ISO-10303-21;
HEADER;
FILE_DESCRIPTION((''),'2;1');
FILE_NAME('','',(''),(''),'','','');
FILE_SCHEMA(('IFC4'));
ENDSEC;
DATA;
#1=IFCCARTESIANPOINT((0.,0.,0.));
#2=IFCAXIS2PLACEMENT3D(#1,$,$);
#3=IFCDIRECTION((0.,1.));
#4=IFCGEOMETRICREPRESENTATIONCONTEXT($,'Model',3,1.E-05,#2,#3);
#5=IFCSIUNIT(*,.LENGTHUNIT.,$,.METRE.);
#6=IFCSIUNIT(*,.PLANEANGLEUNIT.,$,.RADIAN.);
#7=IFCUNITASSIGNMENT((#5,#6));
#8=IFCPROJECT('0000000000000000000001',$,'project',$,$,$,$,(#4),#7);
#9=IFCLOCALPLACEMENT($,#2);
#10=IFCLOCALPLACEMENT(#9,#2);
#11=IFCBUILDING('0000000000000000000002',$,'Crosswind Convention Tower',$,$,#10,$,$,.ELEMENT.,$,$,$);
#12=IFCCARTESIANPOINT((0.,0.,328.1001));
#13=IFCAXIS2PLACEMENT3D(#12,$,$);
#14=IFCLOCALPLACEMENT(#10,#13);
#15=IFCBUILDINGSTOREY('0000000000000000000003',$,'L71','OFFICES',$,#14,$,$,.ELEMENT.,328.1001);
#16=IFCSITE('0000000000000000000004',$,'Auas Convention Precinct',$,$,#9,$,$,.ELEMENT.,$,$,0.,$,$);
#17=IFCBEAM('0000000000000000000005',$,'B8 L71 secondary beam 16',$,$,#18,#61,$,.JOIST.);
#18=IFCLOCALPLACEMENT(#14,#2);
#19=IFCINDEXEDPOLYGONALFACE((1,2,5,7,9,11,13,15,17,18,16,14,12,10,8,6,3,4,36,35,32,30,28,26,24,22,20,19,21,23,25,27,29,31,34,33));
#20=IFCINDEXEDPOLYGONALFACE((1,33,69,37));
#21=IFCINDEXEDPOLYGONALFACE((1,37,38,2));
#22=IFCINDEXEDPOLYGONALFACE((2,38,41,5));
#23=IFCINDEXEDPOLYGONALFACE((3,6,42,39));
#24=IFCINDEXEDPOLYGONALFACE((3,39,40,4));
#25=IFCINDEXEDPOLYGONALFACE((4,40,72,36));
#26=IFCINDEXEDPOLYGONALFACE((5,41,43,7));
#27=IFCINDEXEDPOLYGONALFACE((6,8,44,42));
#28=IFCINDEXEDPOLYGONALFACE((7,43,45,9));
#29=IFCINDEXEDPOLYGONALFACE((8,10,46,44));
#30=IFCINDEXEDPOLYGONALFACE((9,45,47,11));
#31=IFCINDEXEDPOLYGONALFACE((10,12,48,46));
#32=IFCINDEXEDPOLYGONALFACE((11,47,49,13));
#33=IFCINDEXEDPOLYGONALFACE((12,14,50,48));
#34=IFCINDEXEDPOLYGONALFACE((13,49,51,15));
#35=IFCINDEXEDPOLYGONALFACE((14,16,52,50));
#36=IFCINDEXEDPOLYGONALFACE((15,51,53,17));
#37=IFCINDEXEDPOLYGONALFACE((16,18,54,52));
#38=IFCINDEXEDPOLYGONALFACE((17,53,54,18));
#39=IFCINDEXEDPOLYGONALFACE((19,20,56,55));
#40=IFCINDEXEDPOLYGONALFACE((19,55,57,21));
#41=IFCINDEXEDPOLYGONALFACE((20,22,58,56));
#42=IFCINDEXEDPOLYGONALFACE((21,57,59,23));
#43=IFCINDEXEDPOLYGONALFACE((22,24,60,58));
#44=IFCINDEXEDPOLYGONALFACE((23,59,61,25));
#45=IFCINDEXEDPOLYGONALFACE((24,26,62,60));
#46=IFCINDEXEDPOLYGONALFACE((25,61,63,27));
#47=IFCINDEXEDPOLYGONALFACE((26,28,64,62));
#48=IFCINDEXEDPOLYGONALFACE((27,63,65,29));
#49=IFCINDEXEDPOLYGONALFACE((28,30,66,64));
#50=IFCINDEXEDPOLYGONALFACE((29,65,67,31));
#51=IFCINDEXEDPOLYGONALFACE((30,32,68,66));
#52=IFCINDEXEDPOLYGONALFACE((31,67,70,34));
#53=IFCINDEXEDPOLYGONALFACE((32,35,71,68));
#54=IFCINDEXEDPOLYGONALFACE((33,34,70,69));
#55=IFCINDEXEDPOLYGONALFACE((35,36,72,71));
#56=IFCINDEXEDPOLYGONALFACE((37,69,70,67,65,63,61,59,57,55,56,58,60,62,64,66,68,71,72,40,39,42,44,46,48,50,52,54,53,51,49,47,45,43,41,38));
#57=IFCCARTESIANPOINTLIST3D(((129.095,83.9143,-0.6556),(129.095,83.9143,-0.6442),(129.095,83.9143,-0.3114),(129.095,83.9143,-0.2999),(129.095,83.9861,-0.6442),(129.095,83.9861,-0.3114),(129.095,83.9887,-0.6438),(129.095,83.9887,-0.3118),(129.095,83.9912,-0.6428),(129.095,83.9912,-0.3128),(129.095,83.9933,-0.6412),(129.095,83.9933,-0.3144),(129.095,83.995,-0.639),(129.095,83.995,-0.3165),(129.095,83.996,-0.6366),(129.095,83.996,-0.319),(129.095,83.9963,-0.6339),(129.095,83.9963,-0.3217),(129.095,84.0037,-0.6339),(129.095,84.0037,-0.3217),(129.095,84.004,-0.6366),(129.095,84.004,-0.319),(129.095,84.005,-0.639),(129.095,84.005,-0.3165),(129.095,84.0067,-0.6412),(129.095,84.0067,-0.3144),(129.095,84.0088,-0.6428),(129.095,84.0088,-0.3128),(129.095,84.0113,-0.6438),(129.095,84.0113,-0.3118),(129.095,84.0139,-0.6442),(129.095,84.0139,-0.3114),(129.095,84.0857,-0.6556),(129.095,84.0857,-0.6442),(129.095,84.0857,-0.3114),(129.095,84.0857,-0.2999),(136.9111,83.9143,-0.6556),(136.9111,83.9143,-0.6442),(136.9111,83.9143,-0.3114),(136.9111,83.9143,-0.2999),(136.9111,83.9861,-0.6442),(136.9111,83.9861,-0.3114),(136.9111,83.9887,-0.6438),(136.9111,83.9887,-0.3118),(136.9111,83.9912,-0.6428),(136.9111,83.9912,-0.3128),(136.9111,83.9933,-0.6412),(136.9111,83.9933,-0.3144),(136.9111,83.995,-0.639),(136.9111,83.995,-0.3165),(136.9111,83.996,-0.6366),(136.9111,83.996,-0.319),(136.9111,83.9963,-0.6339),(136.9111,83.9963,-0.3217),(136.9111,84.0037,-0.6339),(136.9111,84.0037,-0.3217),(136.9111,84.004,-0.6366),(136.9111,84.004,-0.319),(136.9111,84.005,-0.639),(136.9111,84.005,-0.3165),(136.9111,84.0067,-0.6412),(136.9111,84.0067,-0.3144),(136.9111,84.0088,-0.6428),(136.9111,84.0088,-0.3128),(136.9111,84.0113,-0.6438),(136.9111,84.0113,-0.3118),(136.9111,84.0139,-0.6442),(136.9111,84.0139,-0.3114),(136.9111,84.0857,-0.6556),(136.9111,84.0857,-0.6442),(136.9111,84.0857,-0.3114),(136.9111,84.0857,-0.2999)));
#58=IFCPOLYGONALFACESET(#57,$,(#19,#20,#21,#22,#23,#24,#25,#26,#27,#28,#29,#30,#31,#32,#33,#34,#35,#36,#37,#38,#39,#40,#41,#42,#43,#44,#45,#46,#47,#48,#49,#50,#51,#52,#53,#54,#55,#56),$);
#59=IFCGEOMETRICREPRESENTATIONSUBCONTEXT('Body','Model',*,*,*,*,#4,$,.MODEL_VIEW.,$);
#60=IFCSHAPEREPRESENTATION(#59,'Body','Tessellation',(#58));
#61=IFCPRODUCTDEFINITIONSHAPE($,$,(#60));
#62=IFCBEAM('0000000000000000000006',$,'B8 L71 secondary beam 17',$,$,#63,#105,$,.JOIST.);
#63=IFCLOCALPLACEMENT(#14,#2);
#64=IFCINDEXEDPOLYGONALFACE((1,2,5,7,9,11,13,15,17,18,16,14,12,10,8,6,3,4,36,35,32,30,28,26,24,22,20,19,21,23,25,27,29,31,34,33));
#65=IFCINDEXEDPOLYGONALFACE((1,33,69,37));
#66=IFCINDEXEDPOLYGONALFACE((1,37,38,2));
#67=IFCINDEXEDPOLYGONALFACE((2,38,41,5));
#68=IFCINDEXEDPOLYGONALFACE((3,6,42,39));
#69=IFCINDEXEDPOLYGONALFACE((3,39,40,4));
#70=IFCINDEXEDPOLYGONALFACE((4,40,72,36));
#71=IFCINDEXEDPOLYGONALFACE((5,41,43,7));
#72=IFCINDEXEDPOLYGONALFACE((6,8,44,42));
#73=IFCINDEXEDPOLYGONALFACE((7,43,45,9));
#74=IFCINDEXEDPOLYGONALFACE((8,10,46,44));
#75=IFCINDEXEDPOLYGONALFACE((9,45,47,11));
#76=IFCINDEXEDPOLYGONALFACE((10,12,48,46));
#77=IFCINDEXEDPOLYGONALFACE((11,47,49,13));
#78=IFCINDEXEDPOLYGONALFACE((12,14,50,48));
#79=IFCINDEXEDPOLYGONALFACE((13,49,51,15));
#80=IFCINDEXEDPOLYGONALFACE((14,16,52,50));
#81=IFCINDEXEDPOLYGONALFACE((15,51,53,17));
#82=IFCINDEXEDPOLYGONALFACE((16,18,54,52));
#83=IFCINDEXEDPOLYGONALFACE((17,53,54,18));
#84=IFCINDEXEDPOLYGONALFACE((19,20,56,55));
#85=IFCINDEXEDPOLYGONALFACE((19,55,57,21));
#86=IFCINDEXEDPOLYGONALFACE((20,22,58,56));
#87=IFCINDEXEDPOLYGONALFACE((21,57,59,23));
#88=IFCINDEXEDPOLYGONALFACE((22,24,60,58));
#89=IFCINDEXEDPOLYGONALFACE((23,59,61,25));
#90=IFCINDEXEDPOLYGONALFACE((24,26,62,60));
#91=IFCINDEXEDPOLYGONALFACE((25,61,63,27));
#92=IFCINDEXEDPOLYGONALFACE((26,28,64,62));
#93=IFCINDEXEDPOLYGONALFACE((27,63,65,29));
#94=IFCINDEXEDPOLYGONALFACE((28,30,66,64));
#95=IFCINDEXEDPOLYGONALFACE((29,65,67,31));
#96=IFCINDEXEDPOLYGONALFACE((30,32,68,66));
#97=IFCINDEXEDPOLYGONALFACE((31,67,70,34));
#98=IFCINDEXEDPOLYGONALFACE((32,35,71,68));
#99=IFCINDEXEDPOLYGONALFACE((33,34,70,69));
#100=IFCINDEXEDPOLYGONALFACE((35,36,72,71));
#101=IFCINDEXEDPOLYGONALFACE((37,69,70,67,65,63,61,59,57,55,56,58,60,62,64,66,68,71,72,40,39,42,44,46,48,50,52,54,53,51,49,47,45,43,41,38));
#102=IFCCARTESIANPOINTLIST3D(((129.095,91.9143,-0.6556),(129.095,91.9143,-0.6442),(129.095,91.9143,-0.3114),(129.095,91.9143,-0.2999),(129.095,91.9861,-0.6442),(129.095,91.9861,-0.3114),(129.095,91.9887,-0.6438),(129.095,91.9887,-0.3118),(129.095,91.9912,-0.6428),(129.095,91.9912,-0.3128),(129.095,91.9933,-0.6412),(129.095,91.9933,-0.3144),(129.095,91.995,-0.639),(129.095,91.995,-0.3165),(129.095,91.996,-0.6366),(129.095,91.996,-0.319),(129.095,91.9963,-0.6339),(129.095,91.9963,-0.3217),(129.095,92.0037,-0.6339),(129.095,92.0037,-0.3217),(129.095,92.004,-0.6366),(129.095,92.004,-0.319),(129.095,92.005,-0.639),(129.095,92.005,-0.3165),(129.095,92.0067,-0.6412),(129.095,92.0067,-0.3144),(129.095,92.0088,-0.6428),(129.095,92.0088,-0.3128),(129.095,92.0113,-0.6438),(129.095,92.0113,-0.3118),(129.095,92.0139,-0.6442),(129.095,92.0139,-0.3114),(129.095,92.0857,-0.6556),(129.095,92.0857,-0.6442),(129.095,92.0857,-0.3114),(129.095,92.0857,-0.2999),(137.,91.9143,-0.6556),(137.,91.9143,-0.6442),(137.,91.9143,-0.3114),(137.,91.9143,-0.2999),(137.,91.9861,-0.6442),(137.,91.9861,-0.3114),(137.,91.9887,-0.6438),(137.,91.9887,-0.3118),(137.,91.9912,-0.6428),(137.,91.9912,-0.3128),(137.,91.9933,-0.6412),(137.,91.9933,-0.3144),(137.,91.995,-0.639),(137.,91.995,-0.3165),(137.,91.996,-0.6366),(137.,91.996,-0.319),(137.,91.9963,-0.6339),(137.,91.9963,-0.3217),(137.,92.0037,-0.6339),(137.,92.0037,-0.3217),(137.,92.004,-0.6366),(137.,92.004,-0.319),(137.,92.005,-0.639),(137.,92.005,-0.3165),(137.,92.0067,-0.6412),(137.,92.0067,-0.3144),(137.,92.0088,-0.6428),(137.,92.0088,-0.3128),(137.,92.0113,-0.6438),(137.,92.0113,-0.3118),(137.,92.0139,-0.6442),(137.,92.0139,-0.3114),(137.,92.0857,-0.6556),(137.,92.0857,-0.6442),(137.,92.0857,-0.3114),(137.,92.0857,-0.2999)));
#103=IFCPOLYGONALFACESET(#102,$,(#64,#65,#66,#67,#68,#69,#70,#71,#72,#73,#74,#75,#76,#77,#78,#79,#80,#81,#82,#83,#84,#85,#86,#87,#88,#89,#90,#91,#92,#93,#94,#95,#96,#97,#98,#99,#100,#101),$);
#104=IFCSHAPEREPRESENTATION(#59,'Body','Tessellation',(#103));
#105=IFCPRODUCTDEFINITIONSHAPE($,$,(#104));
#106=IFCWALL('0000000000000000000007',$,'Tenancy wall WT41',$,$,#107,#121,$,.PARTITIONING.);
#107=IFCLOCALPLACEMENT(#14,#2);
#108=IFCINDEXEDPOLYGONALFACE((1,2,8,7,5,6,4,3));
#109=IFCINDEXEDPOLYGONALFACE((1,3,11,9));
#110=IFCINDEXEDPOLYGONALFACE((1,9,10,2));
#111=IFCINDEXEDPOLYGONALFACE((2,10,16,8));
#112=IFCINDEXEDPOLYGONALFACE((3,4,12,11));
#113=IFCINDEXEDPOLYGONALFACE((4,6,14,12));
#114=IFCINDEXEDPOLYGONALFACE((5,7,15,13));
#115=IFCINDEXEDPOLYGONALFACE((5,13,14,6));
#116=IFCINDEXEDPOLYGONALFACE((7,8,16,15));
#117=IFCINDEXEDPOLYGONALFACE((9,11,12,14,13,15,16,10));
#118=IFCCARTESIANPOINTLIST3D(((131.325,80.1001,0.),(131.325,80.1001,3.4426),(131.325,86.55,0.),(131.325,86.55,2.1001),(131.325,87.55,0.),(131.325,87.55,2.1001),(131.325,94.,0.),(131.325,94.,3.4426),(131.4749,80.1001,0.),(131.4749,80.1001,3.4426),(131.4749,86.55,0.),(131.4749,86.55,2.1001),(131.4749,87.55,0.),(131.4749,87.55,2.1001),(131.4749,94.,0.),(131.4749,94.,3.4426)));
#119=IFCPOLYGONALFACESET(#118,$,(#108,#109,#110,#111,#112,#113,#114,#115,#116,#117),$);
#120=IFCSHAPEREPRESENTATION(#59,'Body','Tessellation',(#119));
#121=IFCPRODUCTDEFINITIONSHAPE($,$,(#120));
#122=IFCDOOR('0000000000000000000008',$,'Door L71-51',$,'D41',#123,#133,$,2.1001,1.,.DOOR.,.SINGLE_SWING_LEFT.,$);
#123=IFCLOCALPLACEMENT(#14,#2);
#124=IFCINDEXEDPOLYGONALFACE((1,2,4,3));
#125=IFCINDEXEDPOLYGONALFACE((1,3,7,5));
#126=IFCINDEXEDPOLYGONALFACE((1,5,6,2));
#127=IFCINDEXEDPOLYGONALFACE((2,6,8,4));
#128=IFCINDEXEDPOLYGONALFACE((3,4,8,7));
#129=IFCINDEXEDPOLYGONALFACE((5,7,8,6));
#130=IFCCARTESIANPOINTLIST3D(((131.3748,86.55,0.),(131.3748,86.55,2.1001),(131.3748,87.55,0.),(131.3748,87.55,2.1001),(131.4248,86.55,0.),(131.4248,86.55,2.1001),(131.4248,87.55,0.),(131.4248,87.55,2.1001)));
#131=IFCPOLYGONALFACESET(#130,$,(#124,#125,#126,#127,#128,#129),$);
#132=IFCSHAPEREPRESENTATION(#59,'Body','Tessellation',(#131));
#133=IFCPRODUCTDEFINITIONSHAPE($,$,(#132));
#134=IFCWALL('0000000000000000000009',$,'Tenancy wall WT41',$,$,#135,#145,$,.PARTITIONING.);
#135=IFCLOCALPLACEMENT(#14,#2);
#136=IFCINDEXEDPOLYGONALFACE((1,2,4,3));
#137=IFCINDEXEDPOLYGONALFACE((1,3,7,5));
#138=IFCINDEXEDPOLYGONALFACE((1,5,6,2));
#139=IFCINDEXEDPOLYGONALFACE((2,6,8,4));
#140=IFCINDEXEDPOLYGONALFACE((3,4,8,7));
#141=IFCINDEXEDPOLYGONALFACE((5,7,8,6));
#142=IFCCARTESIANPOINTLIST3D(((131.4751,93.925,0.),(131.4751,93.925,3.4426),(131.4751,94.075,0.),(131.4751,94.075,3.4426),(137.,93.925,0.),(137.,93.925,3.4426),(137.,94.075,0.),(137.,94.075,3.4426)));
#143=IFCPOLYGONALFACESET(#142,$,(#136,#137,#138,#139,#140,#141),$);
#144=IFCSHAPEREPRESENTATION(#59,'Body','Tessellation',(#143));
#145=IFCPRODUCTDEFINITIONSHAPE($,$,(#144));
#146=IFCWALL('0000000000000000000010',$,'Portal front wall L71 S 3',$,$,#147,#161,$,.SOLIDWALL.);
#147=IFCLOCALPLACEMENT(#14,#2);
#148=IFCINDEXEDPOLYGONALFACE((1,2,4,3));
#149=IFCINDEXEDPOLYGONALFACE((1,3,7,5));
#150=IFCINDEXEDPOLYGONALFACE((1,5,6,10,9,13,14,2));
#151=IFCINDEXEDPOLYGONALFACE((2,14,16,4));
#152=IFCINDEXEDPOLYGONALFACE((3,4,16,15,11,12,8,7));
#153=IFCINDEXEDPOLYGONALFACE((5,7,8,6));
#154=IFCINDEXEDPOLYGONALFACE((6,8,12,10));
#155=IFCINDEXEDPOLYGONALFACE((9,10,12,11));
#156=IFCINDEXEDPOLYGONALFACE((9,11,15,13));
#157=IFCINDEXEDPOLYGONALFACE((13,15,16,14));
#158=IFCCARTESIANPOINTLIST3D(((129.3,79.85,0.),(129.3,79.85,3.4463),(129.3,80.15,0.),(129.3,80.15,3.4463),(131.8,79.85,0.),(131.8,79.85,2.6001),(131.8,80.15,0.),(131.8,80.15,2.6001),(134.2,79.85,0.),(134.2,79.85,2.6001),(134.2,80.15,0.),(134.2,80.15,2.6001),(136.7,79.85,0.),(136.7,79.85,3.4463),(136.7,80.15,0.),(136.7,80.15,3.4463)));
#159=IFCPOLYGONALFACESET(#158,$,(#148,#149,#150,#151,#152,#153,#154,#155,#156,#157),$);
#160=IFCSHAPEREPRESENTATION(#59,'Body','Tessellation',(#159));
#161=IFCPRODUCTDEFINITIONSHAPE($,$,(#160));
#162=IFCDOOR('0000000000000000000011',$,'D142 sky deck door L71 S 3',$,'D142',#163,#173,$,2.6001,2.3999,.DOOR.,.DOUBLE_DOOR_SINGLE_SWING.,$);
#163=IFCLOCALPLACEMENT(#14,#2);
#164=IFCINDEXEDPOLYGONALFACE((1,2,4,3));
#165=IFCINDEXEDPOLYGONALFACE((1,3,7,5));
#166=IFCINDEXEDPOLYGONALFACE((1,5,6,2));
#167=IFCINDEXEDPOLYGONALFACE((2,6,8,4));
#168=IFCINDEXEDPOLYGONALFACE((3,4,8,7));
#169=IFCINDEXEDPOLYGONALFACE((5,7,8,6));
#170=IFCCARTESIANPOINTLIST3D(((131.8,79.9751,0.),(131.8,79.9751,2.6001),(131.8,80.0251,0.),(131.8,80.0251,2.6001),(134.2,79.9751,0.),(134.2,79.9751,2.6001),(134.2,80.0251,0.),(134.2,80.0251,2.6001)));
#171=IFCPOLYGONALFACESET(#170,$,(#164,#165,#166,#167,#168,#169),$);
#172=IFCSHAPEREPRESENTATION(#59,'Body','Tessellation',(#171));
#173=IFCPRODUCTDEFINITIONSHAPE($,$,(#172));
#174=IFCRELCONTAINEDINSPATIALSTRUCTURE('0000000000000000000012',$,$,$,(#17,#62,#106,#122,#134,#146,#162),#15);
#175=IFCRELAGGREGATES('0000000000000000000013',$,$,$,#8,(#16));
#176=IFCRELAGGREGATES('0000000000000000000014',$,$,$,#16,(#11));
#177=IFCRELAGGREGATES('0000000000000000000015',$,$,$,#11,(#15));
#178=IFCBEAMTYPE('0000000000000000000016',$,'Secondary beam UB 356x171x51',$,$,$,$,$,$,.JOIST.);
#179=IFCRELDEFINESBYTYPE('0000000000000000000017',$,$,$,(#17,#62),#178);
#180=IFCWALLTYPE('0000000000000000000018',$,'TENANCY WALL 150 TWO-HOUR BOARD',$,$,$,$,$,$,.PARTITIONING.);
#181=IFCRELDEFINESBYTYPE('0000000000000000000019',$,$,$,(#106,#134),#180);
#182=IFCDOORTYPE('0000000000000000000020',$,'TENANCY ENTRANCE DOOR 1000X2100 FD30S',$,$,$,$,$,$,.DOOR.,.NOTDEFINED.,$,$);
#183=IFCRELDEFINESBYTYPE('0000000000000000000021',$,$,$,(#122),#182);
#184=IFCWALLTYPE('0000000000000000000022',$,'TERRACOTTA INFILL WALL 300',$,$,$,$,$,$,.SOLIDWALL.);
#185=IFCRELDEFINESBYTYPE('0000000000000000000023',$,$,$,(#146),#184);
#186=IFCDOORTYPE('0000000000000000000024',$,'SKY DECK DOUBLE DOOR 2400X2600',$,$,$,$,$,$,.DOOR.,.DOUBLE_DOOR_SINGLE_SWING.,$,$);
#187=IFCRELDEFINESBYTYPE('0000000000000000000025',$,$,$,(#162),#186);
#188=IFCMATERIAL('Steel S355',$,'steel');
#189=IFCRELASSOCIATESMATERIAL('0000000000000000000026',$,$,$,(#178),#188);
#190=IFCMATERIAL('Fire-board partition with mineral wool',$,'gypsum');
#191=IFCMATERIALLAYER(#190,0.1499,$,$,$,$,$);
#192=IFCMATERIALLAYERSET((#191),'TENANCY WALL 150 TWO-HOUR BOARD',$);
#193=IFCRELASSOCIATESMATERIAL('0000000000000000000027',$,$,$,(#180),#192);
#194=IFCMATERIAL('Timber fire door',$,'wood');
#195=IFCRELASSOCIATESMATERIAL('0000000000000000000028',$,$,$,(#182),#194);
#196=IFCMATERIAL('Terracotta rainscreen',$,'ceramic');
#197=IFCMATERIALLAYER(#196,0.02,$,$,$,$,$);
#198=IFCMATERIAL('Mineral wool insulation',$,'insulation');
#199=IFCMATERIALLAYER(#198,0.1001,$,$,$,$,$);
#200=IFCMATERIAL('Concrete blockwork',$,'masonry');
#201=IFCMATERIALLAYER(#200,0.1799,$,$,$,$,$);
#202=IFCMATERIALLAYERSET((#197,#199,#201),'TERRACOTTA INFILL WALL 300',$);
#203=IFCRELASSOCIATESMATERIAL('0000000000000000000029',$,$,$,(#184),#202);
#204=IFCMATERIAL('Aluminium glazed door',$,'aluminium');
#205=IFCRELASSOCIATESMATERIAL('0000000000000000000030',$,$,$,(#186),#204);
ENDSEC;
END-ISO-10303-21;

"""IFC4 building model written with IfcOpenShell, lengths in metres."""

from ifc_helpers import new_model, si_unit, direction, frame, frame_2d, origin, origin_2d, place, context, subcontext, project, spatial, rectangle, i_section, extrude, material, layer, layer_set, material_profile, profile_set, type_object, element, fill, save


model = new_model("IFC4")

# Units and contexts
model_context = context("Model", 3, precision=1e-05, world=origin(), true_north=direction((0.0, 1.0)))
body_context = subcontext(model_context, "Body", "Model", "MODEL_VIEW")
ifc_project = project(units=[si_unit("LENGTHUNIT", "METRE"), si_unit("PLANEANGLEUNIT", "RADIAN")], contexts=[model_context])

# Site, building, storey
site_placement = place(None, origin())
site = spatial("IfcSite", under=ifc_project, at=site_placement, Name="Auas Convention Precinct", CompositionType="ELEMENT", RefElevation=0.0)
building_placement = place(site_placement, origin())
building = spatial("IfcBuilding", under=site, at=building_placement, Name="Crosswind Convention Tower", CompositionType="ELEMENT")
storey_placement = place(building_placement, frame((0.0, 0.0, 328.1001)))
storey = spatial("IfcBuildingStorey", under=building, at=storey_placement, Name="L71", Description="OFFICES", CompositionType="ELEMENT", Elevation=328.1001)

# Beams
ifc_material_1 = material(Name="Steel S355", Category="steel")
ifc_material_profile_1 = material_profile(ifc_material_1, i_section(OverallWidth=0.1714, OverallDepth=0.3557, WebThickness=0.0073, FlangeThickness=0.0115, FilletRadius=0.0103, at=origin_2d()), Name="UB 356x171x51")
ifc_profile_set_1 = profile_set([ifc_material_profile_1], Name="Steel S355")
beam_type_1 = type_object("IfcBeamType", Name="Secondary beam UB 356x171x51", PredefinedType="JOIST", material=ifc_profile_set_1)
for number, where, z_axis, x_axis, name in (
    (1, (129.095, 84.0, -0.4778), (1.0, 0.0, 0.0), (0.0, 1.0, 0.0), "B8 L71 secondary beam 16"),
):
    element("IfcBeam", number, at=place(storey_placement, frame(where, z_axis=z_axis, x_axis=x_axis)), inside=storey, type_object=beam_type_1, Name=name, PredefinedType="JOIST", context=body_context, shape_type="SweptSolid", body=[
        extrude(i_section(OverallWidth=0.1714, OverallDepth=0.3557, WebThickness=0.0073, FlangeThickness=0.0115, FilletRadius=0.0103, at=origin_2d()), origin(), (0.0, 0.0, 1.0), 7.8162),
    ])
beam_1_placement = place(storey_placement, frame((129.095, 92.0, -0.4778), z_axis=(1.0, 0.0, 0.0), x_axis=(0.0, 1.0, 0.0)))
element("IfcBeam", 2, at=beam_1_placement, inside=storey, type_object=beam_type_1, Name="B8 L71 secondary beam 17", PredefinedType="JOIST", context=body_context, shape_type="SweptSolid", body=[
    extrude(i_section(OverallWidth=0.1714, OverallDepth=0.3557, WebThickness=0.0073, FlangeThickness=0.0115, FilletRadius=0.0103, at=origin_2d()), origin(), (0.0, 0.0, 1.0), 7.905),
])

# Wall, opening, door
ifc_material_2 = material(Name="Fire-board partition with mineral wool", Category="gypsum")
ifc_layer_1 = layer(ifc_material_2, 0.1499)
ifc_layer_set_1 = layer_set([ifc_layer_1], Name="TENANCY WALL 150 TWO-HOUR BOARD")
wall_type_1 = type_object("IfcWallType", Name="TENANCY WALL 150 TWO-HOUR BOARD", PredefinedType="PARTITIONING", material=ifc_layer_set_1)
wall_1_placement = place(storey_placement, frame((131.3999, 80.1001, 0.0), z_axis=(0.0, 0.0, 1.0), x_axis=(0.0, 1.0, 0.0)))
wall_1 = element("IfcWall", 3, at=wall_1_placement, inside=storey, type_object=wall_type_1, Name="Tenancy wall WT41", PredefinedType="PARTITIONING", context=body_context, shape_type="SweptSolid", body=[
    extrude(rectangle(XDim=13.8999, YDim=0.1499, at=frame_2d((6.95, 0.0))), origin(), (0.0, 0.0, 1.0), 3.4426),
])
opening_1_placement = place(wall_1_placement, frame((6.45, 0.0, 0.0)))
opening_1 = element("IfcOpeningElement", 4, at=opening_1_placement, cuts=wall_1, PredefinedType="OPENING", context=body_context, shape_type="SweptSolid", body=[
    extrude(rectangle(XDim=1.0, YDim=2.1001, at=frame_2d((0.5, 1.05))), frame((0.0, 0.085, 0.0), z_axis=(0.0, -1.0, 0.0), x_axis=(1.0, 0.0, 0.0)), (0.0, 0.0, 1.0), 0.1699),
])
ifc_material_3 = material(Name="Timber fire door", Category="wood")
door_type_1 = type_object("IfcDoorType", Name="TENANCY ENTRANCE DOOR 1000X2100 FD30S", OperationType="NOTDEFINED", PredefinedType="DOOR", material=ifc_material_3)
door_1_placement = place(opening_1_placement, frame((1.0, 0.0, 0.0), z_axis=(0.0, 0.0, 1.0), x_axis=(-1.0, 0.0, 0.0)))
door_1 = element("IfcDoor", 5, at=door_1_placement, inside=storey, type_object=door_type_1, Name="Door L71-51", ObjectType="D41", OperationType="SINGLE_SWING_LEFT", OverallHeight=2.1001, OverallWidth=1.0, PredefinedType="DOOR", context=body_context, shape_type="SweptSolid", body=[
    extrude(rectangle(XDim=1.0, YDim=2.1001, at=frame_2d((0.5, 1.05))), frame((0.0, 0.0249, 0.0), z_axis=(0.0, -1.0, 0.0), x_axis=(1.0, 0.0, 0.0)), (0.0, 0.0, 1.0), 0.05),
])
fill(opening_1, door_1)

# Wall
wall_2_placement = place(storey_placement, frame((131.4751, 94.0, 0.0), z_axis=(0.0, 0.0, 1.0), x_axis=(1.0, 0.0, 0.0)))
element("IfcWall", 6, at=wall_2_placement, inside=storey, type_object=wall_type_1, Name="Tenancy wall WT41", PredefinedType="PARTITIONING", context=body_context, shape_type="SweptSolid", body=[
    extrude(rectangle(XDim=5.5249, YDim=0.1499, at=frame_2d((2.7625, 0.0))), origin(), (0.0, 0.0, 1.0), 3.4426),
])

# Wall, opening, door
ifc_material_4 = material(Name="Terracotta rainscreen", Category="ceramic")
ifc_layer_2 = layer(ifc_material_4, 0.02)
ifc_material_5 = material(Name="Mineral wool insulation", Category="insulation")
ifc_layer_3 = layer(ifc_material_5, 0.1001)
ifc_material_6 = material(Name="Concrete blockwork", Category="masonry")
ifc_layer_4 = layer(ifc_material_6, 0.1799)
ifc_layer_set_2 = layer_set([ifc_layer_2, ifc_layer_3, ifc_layer_4], Name="TERRACOTTA INFILL WALL 300")
wall_type_2 = type_object("IfcWallType", Name="TERRACOTTA INFILL WALL 300", PredefinedType="SOLIDWALL", material=ifc_layer_set_2)
wall_3_placement = place(storey_placement, frame((129.3, 80.0, 0.0), z_axis=(0.0, 0.0, 1.0), x_axis=(1.0, 0.0, 0.0)))
wall_3 = element("IfcWall", 7, at=wall_3_placement, inside=storey, type_object=wall_type_2, Name="Portal front wall L71 S 3", PredefinedType="SOLIDWALL", context=body_context, shape_type="SweptSolid", body=[
    extrude(rectangle(XDim=7.3999, YDim=0.3, at=frame_2d((3.7, 0.0))), origin(), (0.0, 0.0, 1.0), 3.4463),
])
opening_2_placement = place(wall_3_placement, frame((2.5, 0.0, 0.0)))
opening_2 = element("IfcOpeningElement", 8, at=opening_2_placement, cuts=wall_3, PredefinedType="OPENING", context=body_context, shape_type="SweptSolid", body=[
    extrude(rectangle(XDim=2.3999, YDim=2.6001, at=frame_2d((1.2, 1.3))), frame((0.0, 0.1599, 0.0), z_axis=(0.0, -1.0, 0.0), x_axis=(1.0, 0.0, 0.0)), (0.0, 0.0, 1.0), 0.3201),
])
ifc_material_7 = material(Name="Aluminium glazed door", Category="aluminium")
door_type_2 = type_object("IfcDoorType", Name="SKY DECK DOUBLE DOOR 2400X2600", OperationType="DOUBLE_DOOR_SINGLE_SWING", PredefinedType="DOOR", material=ifc_material_7)
door_2_placement = place(opening_2_placement, frame((2.3999, 0.0, 0.0), z_axis=(0.0, 0.0, 1.0), x_axis=(-1.0, 0.0, 0.0)))
door_2 = element("IfcDoor", 9, at=door_2_placement, inside=storey, type_object=door_type_2, Name="D142 sky deck door L71 S 3", ObjectType="D142", OperationType="DOUBLE_DOOR_SINGLE_SWING", OverallHeight=2.6001, OverallWidth=2.3999, PredefinedType="DOOR", context=body_context, shape_type="SweptSolid", body=[
    extrude(rectangle(XDim=2.3999, YDim=2.6001, at=frame_2d((1.2, 1.3))), frame((0.0, 0.0249, 0.0), z_axis=(0.0, -1.0, 0.0), x_axis=(1.0, 0.0, 0.0)), (0.0, 0.0, 1.0), 0.05),
])
fill(opening_2, door_2)

save(model, "model.ifc")
